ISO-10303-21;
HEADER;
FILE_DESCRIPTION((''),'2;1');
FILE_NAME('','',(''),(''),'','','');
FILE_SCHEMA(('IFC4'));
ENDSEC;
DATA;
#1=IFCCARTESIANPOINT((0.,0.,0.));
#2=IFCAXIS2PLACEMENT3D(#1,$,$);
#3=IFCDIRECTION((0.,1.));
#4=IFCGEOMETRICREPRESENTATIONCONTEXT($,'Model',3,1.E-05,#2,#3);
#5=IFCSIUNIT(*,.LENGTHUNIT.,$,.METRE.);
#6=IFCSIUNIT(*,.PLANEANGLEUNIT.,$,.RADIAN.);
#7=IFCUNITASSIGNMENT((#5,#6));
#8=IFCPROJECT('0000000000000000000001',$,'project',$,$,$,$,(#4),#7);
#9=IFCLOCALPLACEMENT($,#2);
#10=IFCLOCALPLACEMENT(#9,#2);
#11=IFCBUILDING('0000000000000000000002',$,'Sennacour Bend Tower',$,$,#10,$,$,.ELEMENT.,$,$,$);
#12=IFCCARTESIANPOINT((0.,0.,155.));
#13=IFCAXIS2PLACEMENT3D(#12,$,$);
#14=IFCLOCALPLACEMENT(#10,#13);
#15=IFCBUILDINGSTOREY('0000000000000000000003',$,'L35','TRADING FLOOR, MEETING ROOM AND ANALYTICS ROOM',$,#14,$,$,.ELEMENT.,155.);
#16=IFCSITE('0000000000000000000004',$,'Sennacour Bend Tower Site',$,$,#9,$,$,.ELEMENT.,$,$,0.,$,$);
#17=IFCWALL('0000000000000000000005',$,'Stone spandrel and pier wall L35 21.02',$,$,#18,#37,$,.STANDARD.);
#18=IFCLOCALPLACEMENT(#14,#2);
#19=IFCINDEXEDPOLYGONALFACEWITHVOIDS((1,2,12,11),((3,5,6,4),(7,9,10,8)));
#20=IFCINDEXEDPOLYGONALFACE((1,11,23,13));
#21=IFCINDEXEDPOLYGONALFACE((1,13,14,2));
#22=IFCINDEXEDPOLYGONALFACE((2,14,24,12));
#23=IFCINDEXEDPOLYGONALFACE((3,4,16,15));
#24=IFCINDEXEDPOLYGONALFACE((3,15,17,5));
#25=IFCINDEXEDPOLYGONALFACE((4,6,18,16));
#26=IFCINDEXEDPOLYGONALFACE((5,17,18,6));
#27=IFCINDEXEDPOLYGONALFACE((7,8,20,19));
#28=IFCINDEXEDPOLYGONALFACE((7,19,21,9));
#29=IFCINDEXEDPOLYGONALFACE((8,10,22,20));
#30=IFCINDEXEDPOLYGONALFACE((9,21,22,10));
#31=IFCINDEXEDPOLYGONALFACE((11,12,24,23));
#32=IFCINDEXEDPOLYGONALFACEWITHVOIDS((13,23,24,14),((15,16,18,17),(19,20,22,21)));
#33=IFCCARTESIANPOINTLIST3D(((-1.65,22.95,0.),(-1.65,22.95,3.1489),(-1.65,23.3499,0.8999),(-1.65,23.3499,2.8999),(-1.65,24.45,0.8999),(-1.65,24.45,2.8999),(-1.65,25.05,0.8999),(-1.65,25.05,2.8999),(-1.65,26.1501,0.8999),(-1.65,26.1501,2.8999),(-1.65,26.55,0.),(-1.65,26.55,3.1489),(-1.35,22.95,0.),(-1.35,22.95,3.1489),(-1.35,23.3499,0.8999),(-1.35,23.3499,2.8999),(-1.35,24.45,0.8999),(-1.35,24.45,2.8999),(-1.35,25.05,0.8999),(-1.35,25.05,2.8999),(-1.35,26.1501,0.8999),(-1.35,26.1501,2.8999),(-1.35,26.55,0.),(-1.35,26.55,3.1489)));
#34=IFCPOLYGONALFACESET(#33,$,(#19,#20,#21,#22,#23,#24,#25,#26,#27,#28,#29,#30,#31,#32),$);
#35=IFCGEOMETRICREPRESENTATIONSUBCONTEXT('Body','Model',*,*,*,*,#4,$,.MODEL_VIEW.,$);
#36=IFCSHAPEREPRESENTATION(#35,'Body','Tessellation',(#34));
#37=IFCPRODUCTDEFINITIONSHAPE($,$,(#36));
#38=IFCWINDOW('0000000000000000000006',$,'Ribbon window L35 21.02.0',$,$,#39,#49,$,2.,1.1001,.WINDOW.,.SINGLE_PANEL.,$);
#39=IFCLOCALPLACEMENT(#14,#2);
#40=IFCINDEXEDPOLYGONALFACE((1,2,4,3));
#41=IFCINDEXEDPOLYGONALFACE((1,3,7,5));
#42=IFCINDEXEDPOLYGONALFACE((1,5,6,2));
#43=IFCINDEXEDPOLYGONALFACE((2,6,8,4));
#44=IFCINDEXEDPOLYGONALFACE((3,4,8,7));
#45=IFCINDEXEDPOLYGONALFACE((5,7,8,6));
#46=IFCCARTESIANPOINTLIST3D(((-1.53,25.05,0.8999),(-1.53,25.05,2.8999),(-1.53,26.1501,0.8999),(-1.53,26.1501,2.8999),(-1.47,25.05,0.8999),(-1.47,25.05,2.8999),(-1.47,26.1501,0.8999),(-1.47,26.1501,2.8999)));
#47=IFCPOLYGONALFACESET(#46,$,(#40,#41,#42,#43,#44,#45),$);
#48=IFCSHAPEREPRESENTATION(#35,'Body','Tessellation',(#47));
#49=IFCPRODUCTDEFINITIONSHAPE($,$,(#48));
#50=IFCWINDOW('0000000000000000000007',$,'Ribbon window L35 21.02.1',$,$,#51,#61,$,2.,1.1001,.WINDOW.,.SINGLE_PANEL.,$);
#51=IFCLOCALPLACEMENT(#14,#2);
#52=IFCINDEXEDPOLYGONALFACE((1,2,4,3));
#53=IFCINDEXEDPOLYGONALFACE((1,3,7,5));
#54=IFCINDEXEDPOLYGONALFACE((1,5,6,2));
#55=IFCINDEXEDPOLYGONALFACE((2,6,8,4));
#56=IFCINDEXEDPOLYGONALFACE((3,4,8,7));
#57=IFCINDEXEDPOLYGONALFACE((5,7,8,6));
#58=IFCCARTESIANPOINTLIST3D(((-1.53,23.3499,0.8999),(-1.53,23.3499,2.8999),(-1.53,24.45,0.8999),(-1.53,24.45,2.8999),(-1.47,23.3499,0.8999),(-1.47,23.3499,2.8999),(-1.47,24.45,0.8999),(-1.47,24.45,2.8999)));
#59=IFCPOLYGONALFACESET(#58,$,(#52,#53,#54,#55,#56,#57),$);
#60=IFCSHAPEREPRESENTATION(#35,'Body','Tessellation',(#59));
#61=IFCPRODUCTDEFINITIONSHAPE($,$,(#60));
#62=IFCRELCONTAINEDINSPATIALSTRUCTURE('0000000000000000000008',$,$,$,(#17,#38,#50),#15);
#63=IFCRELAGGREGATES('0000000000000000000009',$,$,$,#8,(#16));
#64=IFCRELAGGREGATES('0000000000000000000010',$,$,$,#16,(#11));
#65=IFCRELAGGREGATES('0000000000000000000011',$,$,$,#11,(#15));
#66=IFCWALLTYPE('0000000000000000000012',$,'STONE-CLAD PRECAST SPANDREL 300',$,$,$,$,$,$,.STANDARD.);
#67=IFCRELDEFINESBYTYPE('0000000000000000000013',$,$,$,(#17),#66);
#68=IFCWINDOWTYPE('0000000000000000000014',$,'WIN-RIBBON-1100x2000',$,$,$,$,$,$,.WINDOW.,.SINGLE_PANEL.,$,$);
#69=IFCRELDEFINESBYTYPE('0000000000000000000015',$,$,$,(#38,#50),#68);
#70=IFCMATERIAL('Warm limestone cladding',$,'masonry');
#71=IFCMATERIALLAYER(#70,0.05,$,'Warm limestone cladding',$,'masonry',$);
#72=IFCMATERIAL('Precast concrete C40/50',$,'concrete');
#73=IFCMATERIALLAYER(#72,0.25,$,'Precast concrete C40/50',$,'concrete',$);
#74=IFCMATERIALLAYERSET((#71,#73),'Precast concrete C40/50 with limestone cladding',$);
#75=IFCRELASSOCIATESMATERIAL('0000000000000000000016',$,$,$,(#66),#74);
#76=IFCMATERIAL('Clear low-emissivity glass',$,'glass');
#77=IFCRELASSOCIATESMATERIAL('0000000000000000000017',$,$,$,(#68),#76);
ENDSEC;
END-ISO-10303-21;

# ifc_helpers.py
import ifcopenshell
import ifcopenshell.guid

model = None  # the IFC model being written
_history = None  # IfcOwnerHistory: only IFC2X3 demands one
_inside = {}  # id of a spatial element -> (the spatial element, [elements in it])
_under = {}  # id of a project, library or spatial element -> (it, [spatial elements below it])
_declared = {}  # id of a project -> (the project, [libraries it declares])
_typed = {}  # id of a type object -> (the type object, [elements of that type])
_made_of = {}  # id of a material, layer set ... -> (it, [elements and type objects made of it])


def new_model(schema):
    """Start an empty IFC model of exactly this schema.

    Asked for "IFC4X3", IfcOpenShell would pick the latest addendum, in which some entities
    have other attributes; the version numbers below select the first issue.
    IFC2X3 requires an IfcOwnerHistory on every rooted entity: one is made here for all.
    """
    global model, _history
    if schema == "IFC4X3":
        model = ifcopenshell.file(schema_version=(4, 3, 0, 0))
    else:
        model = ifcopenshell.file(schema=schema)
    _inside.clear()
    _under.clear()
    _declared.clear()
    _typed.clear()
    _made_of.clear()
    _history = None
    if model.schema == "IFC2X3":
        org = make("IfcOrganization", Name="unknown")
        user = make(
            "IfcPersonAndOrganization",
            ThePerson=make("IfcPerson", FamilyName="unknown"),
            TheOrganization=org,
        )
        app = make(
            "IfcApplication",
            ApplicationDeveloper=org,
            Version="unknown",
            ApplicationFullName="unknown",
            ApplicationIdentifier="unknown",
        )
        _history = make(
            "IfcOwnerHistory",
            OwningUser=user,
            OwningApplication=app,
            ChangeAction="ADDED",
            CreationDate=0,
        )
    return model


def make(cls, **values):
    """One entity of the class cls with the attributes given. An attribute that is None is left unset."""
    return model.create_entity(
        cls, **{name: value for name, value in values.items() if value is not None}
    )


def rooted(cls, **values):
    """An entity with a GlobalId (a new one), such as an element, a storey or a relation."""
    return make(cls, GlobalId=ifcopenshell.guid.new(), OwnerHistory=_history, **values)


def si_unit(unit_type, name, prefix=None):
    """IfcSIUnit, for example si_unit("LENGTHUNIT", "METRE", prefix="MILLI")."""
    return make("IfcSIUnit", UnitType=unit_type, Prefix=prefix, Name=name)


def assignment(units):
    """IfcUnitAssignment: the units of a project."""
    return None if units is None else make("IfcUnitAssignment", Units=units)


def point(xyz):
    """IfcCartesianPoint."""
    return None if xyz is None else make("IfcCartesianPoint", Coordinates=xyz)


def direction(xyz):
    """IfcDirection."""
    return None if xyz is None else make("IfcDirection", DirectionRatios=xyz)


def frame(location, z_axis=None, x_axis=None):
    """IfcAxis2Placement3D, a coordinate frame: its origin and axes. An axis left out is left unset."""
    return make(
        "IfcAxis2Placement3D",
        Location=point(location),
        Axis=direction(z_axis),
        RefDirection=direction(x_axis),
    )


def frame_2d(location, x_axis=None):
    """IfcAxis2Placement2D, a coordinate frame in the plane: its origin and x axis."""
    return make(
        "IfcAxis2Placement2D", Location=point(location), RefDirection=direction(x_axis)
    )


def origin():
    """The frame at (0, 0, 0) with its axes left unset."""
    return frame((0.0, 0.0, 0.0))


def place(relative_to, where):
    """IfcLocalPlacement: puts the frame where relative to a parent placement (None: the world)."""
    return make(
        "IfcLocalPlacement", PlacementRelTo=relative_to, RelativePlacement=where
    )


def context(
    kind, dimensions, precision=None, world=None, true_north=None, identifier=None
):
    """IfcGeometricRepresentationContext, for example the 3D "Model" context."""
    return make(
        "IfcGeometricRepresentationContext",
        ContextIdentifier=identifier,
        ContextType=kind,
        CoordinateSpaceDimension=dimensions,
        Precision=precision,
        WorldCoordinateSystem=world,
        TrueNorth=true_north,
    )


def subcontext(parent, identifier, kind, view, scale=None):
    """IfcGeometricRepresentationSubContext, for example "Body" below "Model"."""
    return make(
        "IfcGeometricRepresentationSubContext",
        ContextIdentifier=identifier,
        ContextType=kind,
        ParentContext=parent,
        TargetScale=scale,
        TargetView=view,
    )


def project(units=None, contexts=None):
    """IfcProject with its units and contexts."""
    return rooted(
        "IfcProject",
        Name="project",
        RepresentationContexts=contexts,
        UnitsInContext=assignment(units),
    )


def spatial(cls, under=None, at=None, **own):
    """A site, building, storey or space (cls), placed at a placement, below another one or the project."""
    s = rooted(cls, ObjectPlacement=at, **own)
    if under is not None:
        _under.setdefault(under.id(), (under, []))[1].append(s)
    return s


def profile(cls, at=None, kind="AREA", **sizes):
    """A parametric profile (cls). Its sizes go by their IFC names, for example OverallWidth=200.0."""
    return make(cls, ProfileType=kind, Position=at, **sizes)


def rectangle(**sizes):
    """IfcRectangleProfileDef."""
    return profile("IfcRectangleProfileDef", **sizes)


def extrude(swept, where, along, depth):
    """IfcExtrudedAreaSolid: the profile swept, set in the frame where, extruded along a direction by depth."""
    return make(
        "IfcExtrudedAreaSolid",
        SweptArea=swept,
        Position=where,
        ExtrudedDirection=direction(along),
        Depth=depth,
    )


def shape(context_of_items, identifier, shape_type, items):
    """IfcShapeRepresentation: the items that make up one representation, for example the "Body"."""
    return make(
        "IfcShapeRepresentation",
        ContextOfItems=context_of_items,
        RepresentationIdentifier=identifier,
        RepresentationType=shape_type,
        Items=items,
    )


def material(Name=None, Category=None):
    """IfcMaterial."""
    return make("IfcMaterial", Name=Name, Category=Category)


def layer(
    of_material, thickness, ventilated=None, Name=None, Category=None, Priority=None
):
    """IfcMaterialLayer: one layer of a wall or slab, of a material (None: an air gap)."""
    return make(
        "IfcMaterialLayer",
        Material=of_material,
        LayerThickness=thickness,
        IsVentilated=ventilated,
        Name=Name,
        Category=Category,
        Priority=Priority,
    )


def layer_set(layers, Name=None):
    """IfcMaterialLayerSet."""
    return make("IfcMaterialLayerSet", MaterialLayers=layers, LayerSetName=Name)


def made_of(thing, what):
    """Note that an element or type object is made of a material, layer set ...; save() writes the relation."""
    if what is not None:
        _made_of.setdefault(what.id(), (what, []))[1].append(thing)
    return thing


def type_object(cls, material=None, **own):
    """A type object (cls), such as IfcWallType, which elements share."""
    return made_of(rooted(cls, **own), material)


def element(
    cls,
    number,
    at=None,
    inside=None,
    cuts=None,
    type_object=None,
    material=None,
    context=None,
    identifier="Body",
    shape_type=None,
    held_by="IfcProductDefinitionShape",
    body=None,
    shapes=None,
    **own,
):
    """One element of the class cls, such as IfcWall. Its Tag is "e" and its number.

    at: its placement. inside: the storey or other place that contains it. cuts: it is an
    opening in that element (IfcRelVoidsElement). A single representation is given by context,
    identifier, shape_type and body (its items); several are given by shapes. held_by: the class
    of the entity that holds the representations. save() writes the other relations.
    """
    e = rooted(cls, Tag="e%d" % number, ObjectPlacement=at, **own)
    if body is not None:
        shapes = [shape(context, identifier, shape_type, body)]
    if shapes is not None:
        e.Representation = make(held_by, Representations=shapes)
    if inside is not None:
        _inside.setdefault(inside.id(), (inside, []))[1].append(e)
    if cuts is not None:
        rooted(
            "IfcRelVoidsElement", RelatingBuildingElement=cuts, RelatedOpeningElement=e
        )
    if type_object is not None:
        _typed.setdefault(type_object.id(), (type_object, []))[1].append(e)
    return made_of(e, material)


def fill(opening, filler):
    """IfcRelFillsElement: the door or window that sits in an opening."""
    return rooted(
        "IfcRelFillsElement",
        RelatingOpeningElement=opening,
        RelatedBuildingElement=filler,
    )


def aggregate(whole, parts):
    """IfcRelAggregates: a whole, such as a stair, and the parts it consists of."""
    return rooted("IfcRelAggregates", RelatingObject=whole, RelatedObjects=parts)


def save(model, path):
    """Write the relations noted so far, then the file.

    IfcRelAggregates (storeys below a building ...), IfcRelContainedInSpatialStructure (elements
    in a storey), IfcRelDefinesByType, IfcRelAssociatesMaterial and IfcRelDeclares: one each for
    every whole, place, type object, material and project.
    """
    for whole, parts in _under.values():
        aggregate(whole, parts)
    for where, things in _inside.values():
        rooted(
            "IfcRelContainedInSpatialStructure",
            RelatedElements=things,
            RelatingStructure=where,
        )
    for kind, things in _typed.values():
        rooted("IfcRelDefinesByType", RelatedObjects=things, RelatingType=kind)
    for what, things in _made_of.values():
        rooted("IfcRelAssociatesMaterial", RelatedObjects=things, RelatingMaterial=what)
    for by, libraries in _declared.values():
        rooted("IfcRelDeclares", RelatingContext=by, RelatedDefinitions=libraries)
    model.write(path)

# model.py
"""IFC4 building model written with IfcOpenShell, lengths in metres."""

from ifc_helpers import new_model, si_unit, direction, frame, frame_2d, origin, place, context, subcontext, project, spatial, rectangle, extrude, material, layer, layer_set, type_object, element, fill, save


model = new_model("IFC4")

# Units and contexts
model_context = context("Model", 3, precision=1e-05, world=origin(), true_north=direction((0.0, 1.0)))
body_context = subcontext(model_context, "Body", "Model", "MODEL_VIEW")
ifc_project = project(units=[si_unit("LENGTHUNIT", "METRE"), si_unit("PLANEANGLEUNIT", "RADIAN")], contexts=[model_context])

# Site, building, storey
site_placement = place(None, origin())
site = spatial("IfcSite", under=ifc_project, at=site_placement, Name="Sennacour Bend Tower Site", CompositionType="ELEMENT", RefElevation=0.0)
building_placement = place(site_placement, origin())
building = spatial("IfcBuilding", under=site, at=building_placement, Name="Sennacour Bend Tower", CompositionType="ELEMENT")
storey_placement = place(building_placement, frame((0.0, 0.0, 155.0)))
storey = spatial("IfcBuildingStorey", under=building, at=storey_placement, Name="L35", Description="TRADING FLOOR, MEETING ROOM AND ANALYTICS ROOM", CompositionType="ELEMENT", Elevation=155.0)

# Wall, openings, windows
ifc_material_1 = material(Name="Warm limestone cladding", Category="masonry")
ifc_layer_1 = layer(ifc_material_1, 0.05, Name="Warm limestone cladding", Category="masonry")
ifc_material_2 = material(Name="Precast concrete C40/50", Category="concrete")
ifc_layer_2 = layer(ifc_material_2, 0.25, Name="Precast concrete C40/50", Category="concrete")
ifc_layer_set_1 = layer_set([ifc_layer_1, ifc_layer_2], Name="Precast concrete C40/50 with limestone cladding")
wall_type_1 = type_object("IfcWallType", Name="STONE-CLAD PRECAST SPANDREL 300", PredefinedType="STANDARD", material=ifc_layer_set_1)
wall_1_placement = place(storey_placement, frame((-1.5, 26.55, 0.0), z_axis=(0.0, 0.0, 1.0), x_axis=(0.0, -1.0, 0.0)))
wall_1 = element("IfcWall", 1, at=wall_1_placement, inside=storey, type_object=wall_type_1, Name="Stone spandrel and pier wall L35 21.02", PredefinedType="STANDARD", context=body_context, shape_type="SweptSolid", body=[
    extrude(rectangle(XDim=3.6001, YDim=0.3, at=frame_2d((1.8, 0.0))), origin(), (0.0, 0.0, 1.0), 3.1489),
])
opening_1_placement = place(wall_1_placement, frame((0.3999, 0.0, 0.8999)))
opening_1 = element("IfcOpeningElement", 2, at=opening_1_placement, cuts=wall_1, PredefinedType="OPENING", context=body_context, shape_type="SweptSolid", body=[
    extrude(rectangle(XDim=1.1001, YDim=2.0, at=frame_2d((0.55, 1.0))), frame((0.0, 0.1602, 0.0), z_axis=(0.0, -1.0, 0.0), x_axis=(1.0, 0.0, 0.0)), (0.0, 0.0, 1.0), 0.3201),
])
opening_2_placement = place(wall_1_placement, frame((2.1001, 0.0, 0.8999)))
opening_2 = element("IfcOpeningElement", 3, at=opening_2_placement, cuts=wall_1, PredefinedType="OPENING", context=body_context, shape_type="SweptSolid", body=[
    extrude(rectangle(XDim=1.1001, YDim=2.0, at=frame_2d((0.55, 1.0))), frame((0.0, 0.1602, 0.0), z_axis=(0.0, -1.0, 0.0), x_axis=(1.0, 0.0, 0.0)), (0.0, 0.0, 1.0), 0.3201),
])
ifc_material_3 = material(Name="Clear low-emissivity glass", Category="glass")
window_type = type_object("IfcWindowType", Name="WIN-RIBBON-1100x2000", PartitioningType="SINGLE_PANEL", PredefinedType="WINDOW", material=ifc_material_3)
window_1_placement = place(opening_1_placement, origin())
window_1 = element("IfcWindow", 4, at=window_1_placement, inside=storey, type_object=window_type, Name="Ribbon window L35 21.02.0", OverallHeight=2.0, OverallWidth=1.1001, PartitioningType="SINGLE_PANEL", PredefinedType="WINDOW", context=body_context, shape_type="SweptSolid", body=[
    extrude(rectangle(XDim=1.1001, YDim=2.0, at=frame_2d((0.55, 1.0))), frame((0.0, 0.03, 0.0), z_axis=(0.0, -1.0, 0.0), x_axis=(1.0, 0.0, 0.0)), (0.0, 0.0, 1.0), 0.0601),
])
fill(opening_1, window_1)
window_2_placement = place(opening_2_placement, origin())
window_2 = element("IfcWindow", 5, at=window_2_placement, inside=storey, type_object=window_type, Name="Ribbon window L35 21.02.1", OverallHeight=2.0, OverallWidth=1.1001, PartitioningType="SINGLE_PANEL", PredefinedType="WINDOW", context=body_context, shape_type="SweptSolid", body=[
    extrude(rectangle(XDim=1.1001, YDim=2.0, at=frame_2d((0.55, 1.0))), frame((0.0, 0.03, 0.0), z_axis=(0.0, -1.0, 0.0), x_axis=(1.0, 0.0, 0.0)), (0.0, 0.0, 1.0), 0.0601),
])
fill(opening_2, window_2)

save(model, "model.ifc")
